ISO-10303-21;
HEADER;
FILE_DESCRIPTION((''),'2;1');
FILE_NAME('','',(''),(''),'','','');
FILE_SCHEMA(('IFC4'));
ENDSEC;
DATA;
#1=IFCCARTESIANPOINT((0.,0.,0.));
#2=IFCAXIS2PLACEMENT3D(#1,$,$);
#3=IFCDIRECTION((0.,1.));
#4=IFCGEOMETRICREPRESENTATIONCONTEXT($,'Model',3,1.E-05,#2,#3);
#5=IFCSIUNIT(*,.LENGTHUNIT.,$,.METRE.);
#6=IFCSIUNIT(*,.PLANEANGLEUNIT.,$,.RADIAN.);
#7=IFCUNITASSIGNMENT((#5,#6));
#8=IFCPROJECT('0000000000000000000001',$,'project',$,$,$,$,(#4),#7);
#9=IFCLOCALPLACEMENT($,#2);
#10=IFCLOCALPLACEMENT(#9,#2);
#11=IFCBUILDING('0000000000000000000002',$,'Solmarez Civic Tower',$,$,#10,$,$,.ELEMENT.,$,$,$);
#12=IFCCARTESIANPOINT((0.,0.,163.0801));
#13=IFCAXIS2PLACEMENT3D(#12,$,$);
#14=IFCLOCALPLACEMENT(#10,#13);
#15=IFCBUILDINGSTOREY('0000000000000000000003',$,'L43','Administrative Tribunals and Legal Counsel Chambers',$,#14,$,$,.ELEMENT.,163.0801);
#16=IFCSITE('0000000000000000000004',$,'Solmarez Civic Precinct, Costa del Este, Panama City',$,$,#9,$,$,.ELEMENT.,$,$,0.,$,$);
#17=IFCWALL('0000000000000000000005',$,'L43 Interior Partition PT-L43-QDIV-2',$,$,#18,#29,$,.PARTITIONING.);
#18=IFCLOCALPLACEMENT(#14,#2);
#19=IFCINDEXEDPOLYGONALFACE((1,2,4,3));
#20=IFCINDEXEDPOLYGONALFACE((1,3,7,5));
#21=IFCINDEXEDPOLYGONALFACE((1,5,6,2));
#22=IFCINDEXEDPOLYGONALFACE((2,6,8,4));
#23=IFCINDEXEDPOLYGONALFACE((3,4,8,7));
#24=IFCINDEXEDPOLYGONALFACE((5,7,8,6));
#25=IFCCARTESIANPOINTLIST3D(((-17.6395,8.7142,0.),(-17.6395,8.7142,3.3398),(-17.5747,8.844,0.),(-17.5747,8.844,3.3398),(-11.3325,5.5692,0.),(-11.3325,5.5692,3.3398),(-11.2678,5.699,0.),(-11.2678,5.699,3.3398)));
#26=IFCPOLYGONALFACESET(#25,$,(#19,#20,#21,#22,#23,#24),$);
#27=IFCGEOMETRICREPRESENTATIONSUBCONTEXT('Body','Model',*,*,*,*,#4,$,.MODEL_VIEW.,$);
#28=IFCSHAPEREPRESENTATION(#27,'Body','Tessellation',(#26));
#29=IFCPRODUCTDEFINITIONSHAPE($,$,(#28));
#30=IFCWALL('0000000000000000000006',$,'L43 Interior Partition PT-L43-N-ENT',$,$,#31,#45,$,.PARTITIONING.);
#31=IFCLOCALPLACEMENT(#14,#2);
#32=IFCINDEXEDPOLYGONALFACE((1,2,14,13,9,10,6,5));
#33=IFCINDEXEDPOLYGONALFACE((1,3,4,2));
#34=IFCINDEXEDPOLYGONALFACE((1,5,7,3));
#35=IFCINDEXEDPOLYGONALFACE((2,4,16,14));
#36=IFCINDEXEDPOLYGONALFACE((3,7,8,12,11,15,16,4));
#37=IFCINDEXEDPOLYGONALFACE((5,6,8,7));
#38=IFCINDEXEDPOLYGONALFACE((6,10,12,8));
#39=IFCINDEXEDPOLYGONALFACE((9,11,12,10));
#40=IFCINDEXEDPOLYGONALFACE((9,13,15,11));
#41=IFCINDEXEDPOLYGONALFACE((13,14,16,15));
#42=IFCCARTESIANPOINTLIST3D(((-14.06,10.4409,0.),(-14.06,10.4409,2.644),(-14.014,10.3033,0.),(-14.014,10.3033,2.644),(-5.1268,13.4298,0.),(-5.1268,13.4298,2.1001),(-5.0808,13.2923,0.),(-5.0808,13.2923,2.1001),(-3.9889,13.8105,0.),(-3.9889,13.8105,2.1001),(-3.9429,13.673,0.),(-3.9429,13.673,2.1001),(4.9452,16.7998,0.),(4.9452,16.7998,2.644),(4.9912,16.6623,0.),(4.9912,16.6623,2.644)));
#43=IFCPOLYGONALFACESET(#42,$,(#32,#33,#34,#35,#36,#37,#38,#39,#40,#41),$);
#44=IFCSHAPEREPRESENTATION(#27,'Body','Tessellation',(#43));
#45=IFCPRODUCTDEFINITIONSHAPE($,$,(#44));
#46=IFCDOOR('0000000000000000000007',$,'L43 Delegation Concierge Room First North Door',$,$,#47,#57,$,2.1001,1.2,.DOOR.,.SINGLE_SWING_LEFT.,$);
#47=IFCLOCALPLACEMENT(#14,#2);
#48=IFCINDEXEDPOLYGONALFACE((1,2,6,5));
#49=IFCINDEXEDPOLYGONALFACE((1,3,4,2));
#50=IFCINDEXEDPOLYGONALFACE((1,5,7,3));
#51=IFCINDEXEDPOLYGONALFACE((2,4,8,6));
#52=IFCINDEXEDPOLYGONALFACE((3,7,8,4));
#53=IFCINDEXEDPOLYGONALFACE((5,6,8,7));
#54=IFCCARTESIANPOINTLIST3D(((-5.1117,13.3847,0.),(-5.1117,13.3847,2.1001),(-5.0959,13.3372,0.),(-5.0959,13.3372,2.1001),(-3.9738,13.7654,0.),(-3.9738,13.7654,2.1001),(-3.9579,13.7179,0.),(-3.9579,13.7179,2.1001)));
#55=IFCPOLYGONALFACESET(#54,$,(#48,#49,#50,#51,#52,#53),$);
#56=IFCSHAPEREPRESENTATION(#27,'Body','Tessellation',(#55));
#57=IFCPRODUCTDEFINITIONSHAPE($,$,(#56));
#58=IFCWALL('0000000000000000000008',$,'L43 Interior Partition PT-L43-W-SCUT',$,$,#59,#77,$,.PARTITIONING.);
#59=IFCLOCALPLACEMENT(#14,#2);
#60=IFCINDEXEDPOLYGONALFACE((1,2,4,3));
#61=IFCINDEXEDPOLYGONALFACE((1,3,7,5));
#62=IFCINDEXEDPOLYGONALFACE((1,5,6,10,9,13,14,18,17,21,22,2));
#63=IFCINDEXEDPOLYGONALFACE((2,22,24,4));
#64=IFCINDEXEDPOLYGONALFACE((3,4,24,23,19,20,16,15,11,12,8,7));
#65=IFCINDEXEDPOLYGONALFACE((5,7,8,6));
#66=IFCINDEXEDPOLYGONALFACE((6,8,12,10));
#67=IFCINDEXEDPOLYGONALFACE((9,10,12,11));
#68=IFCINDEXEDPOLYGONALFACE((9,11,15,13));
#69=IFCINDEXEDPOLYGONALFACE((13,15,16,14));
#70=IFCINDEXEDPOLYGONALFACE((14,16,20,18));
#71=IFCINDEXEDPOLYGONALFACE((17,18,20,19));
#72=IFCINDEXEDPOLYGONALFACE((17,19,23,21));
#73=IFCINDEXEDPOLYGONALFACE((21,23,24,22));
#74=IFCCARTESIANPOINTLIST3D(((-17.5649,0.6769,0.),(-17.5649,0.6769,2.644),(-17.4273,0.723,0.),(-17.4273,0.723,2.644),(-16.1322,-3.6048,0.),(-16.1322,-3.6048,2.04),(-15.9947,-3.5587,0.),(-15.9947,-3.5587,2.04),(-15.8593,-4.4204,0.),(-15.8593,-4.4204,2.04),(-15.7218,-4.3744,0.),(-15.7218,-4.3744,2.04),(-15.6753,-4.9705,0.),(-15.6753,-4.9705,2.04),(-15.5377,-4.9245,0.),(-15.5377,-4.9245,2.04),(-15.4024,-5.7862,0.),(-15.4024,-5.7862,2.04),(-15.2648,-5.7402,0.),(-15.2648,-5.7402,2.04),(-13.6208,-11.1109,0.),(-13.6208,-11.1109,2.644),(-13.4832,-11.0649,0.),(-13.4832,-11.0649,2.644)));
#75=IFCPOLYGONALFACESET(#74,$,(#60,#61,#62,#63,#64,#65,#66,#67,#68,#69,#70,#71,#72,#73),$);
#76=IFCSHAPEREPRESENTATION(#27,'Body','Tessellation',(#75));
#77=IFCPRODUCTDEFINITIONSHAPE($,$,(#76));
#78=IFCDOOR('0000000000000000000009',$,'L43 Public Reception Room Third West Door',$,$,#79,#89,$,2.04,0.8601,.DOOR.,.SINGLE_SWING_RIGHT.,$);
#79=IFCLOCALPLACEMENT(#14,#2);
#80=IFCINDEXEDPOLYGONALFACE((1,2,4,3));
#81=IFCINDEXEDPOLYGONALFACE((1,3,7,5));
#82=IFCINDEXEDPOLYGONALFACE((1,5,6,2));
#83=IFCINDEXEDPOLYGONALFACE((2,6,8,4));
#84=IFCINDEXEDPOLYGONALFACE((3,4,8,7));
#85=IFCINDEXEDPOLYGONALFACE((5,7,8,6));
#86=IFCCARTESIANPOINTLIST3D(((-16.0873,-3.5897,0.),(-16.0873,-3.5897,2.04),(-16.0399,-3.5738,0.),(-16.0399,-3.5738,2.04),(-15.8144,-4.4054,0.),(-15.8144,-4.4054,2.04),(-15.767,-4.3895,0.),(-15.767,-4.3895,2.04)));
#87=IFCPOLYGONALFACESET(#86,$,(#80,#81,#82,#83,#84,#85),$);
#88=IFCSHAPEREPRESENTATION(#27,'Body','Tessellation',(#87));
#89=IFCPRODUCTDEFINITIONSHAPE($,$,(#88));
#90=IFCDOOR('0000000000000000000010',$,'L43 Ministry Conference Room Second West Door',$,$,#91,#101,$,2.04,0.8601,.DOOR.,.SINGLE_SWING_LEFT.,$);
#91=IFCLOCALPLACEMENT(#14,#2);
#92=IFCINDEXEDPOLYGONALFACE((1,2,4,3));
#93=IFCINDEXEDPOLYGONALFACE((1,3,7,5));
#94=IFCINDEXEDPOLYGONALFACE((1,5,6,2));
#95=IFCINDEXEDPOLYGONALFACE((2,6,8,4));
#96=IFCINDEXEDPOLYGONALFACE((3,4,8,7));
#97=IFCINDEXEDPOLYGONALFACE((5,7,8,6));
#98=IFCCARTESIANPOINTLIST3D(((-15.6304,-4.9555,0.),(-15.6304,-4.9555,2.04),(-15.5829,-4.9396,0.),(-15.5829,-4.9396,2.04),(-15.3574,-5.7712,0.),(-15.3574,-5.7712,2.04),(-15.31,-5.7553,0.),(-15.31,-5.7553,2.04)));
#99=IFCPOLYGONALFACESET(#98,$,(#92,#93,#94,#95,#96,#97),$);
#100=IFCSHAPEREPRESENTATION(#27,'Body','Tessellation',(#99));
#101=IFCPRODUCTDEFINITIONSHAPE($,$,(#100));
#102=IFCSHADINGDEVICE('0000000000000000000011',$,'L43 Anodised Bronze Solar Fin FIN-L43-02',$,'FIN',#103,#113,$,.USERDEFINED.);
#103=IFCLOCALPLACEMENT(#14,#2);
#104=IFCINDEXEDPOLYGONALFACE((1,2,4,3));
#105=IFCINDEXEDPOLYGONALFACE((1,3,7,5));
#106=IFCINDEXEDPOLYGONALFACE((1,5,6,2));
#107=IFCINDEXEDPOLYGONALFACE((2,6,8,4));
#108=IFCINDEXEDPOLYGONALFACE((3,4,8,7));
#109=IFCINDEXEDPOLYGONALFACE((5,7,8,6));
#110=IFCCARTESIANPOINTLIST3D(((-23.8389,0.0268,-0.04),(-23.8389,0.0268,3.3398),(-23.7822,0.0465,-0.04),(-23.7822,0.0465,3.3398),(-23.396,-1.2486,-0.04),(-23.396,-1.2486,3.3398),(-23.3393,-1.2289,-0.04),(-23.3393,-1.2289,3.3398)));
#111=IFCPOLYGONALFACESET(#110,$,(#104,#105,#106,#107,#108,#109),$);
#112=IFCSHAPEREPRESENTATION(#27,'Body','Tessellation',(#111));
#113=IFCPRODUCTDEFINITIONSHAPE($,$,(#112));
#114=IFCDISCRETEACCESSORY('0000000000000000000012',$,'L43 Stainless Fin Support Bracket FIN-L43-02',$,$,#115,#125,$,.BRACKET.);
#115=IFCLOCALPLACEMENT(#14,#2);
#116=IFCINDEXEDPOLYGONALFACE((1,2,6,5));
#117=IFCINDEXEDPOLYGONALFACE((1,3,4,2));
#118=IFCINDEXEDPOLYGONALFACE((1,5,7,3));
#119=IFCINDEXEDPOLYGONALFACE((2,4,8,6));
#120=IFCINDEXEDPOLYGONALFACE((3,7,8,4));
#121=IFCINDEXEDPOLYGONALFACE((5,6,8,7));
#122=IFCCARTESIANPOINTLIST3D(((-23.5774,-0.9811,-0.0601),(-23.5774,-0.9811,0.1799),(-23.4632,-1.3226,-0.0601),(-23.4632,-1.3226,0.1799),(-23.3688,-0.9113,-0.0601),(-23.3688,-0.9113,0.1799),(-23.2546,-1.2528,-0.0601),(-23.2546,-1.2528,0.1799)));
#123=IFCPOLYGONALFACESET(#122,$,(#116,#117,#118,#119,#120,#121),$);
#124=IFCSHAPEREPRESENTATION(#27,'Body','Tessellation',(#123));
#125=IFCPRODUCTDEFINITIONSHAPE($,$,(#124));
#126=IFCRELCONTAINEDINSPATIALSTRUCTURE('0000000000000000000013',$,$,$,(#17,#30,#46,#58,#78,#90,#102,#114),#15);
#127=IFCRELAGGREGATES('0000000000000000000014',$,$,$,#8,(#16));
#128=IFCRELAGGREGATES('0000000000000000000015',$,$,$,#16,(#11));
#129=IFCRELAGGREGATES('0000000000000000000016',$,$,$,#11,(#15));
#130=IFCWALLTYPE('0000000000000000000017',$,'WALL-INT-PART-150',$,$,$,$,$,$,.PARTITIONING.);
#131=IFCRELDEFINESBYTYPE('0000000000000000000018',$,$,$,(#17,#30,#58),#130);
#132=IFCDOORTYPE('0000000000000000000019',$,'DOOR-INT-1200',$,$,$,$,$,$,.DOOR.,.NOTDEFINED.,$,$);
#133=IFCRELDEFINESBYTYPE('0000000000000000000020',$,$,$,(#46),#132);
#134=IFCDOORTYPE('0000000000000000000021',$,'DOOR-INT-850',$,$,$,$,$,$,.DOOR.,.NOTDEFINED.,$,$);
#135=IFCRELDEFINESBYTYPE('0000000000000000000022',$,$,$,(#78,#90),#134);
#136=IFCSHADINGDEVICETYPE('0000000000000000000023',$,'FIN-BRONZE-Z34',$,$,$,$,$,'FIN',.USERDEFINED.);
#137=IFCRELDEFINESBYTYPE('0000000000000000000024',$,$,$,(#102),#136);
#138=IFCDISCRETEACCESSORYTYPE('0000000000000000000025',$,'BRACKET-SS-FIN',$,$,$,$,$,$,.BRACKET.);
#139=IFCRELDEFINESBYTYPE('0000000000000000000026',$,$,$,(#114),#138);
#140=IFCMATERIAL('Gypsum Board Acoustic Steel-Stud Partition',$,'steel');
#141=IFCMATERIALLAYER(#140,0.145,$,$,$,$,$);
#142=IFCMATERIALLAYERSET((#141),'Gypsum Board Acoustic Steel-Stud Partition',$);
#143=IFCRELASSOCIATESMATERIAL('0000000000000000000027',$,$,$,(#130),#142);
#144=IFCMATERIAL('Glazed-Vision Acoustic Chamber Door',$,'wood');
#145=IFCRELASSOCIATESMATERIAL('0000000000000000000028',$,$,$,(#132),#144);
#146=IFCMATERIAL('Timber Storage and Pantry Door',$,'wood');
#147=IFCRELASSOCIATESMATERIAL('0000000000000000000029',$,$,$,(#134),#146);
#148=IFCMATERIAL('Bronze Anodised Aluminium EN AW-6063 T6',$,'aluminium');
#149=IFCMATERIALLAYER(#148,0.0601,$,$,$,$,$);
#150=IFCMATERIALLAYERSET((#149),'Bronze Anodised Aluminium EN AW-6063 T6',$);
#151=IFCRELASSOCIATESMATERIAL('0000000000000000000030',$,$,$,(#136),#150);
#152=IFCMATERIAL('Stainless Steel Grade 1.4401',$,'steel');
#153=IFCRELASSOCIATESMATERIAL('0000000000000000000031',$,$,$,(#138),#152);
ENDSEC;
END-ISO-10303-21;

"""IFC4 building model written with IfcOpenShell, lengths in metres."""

from ifc_helpers import new_model, si_unit, direction, frame, frame_2d, origin, origin_2d, place, context, subcontext, project, spatial, rectangle, extrude, material, layer, layer_set, type_object, element, fill, save


model = new_model("IFC4")

# Units and contexts
model_context = context("Model", 3, precision=1e-05, world=origin(), true_north=direction((0.0, 1.0)))
body_context = subcontext(model_context, "Body", "Model", "MODEL_VIEW")
ifc_project = project(units=[si_unit("LENGTHUNIT", "METRE"), si_unit("PLANEANGLEUNIT", "RADIAN")], contexts=[model_context])

# Site, building, storey
site_placement = place(None, origin())
site = spatial("IfcSite", under=ifc_project, at=site_placement, Name="Solmarez Civic Precinct, Costa del Este, Panama City", CompositionType="ELEMENT", RefElevation=0.0)
building_placement = place(site_placement, origin())
building = spatial("IfcBuilding", under=site, at=building_placement, Name="Solmarez Civic Tower", CompositionType="ELEMENT")
storey_placement = place(building_placement, frame((0.0, 0.0, 163.0801)))
storey = spatial("IfcBuildingStorey", under=building, at=storey_placement, Name="L43", Description="Administrative Tribunals and Legal Counsel Chambers", CompositionType="ELEMENT", Elevation=163.0801)

# Wall
ifc_material_1 = material(Name="Gypsum Board Acoustic Steel-Stud Partition", Category="steel")
ifc_layer_1 = layer(ifc_material_1, 0.145)
ifc_layer_set_1 = layer_set([ifc_layer_1], Name="Gypsum Board Acoustic Steel-Stud Partition")
wall_type_1 = type_object("IfcWallType", Name="WALL-INT-PART-150", PredefinedType="PARTITIONING", material=ifc_layer_set_1)
wall_1_placement = place(storey_placement, frame((-11.3, 5.634, 0.0), z_axis=(0.0, 0.0, 1.0), x_axis=(-0.894905, 0.446257, 0.0)))
element("IfcWall", 1, at=wall_1_placement, inside=storey, type_object=wall_type_1, Name="L43 Interior Partition PT-L43-QDIV-2", PredefinedType="PARTITIONING", context=body_context, shape_type="SweptSolid", body=[
    extrude(rectangle(XDim=7.0476, YDim=0.145, at=frame_2d((3.5239, 0.0))), origin(), (0.0, 0.0, 1.0), 3.3398),
])

# Wall, opening, door
wall_2_placement = place(storey_placement, frame((-14.0371, 10.3721, 0.0), z_axis=(0.0, 0.0, 1.0), x_axis=(0.948326, 0.317298, 0.0)))
wall_2 = element("IfcWall", 2, at=wall_2_placement, inside=storey, type_object=wall_type_1, Name="L43 Interior Partition PT-L43-N-ENT", PredefinedType="PARTITIONING", context=body_context, shape_type="SweptSolid", body=[
    extrude(rectangle(XDim=20.0408, YDim=0.145, at=frame_2d((10.0205, 0.0))), origin(), (0.0, 0.0, 1.0), 2.644),
])
opening_1_placement = place(wall_2_placement, frame((9.4199, 0.0, 0.0)))
opening_1 = element("IfcOpeningElement", 3, at=opening_1_placement, cuts=wall_2, PredefinedType="OPENING", context=body_context, shape_type="SweptSolid", body=[
    extrude(rectangle(XDim=1.2, YDim=2.1001, at=frame_2d((0.6001, 1.05))), frame((0.0, 0.0825, 0.0), z_axis=(0.0, -1.0, 0.0), x_axis=(1.0, 0.0, 0.0)), (0.0, 0.0, 1.0), 0.165),
])
ifc_material_2 = material(Name="Glazed-Vision Acoustic Chamber Door", Category="wood")
door_type_1 = type_object("IfcDoorType", Name="DOOR-INT-1200", OperationType="NOTDEFINED", PredefinedType="DOOR", material=ifc_material_2)
door_1_placement = place(opening_1_placement, origin())
door_1 = element("IfcDoor", 4, at=door_1_placement, inside=storey, type_object=door_type_1, Name="L43 Delegation Concierge Room First North Door", OperationType="SINGLE_SWING_LEFT", OverallHeight=2.1001, OverallWidth=1.2, PredefinedType="DOOR", context=body_context, shape_type="SweptSolid", body=[
    extrude(rectangle(XDim=1.2, YDim=2.1001, at=frame_2d((0.6001, 1.05))), frame((0.0, 0.0249, 0.0), z_axis=(0.0, -1.0, 0.0), x_axis=(1.0, 0.0, 0.0)), (0.0, 0.0, 1.0), 0.05),
])
fill(opening_1, door_1)

# Wall, openings, doors
wall_3_placement = place(storey_placement, frame((-17.4961, 0.7, 0.0), z_axis=(0.0, 0.0, 1.0), x_axis=(0.3173, -0.948325, 0.0)))
wall_3 = element("IfcWall", 5, at=wall_3_placement, inside=storey, type_object=wall_type_1, Name="L43 Interior Partition PT-L43-W-SCUT", PredefinedType="PARTITIONING", context=body_context, shape_type="SweptSolid", body=[
    extrude(rectangle(XDim=12.4302, YDim=0.145, at=frame_2d((6.2151, 0.0))), origin(), (0.0, 0.0, 1.0), 2.644),
])
opening_2_placement = place(wall_3_placement, frame((4.5149, 0.0, 0.0)))
opening_2 = element("IfcOpeningElement", 6, at=opening_2_placement, cuts=wall_3, PredefinedType="OPENING", context=body_context, shape_type="SweptSolid", body=[
    extrude(rectangle(XDim=0.8601, YDim=2.04, at=frame_2d((0.4302, 1.02))), frame((0.0, 0.0825, 0.0), z_axis=(0.0, -1.0, 0.0), x_axis=(1.0, 0.0, 0.0)), (0.0, 0.0, 1.0), 0.165),
])
opening_3_placement = place(wall_3_placement, frame((5.9551, 0.0, 0.0)))
opening_3 = element("IfcOpeningElement", 7, at=opening_3_placement, cuts=wall_3, PredefinedType="OPENING", context=body_context, shape_type="SweptSolid", body=[
    extrude(rectangle(XDim=0.8601, YDim=2.04, at=frame_2d((0.4302, 1.02))), frame((0.0, 0.0825, 0.0), z_axis=(0.0, -1.0, 0.0), x_axis=(1.0, 0.0, 0.0)), (0.0, 0.0, 1.0), 0.165),
])
ifc_material_3 = material(Name="Timber Storage and Pantry Door", Category="wood")
door_type_2 = type_object("IfcDoorType", Name="DOOR-INT-850", OperationType="NOTDEFINED", PredefinedType="DOOR", material=ifc_material_3)
door_2_placement = place(opening_2_placement, origin())
door_2 = element("IfcDoor", 8, at=door_2_placement, inside=storey, type_object=door_type_2, Name="L43 Public Reception Room Third West Door", OperationType="SINGLE_SWING_RIGHT", OverallHeight=2.04, OverallWidth=0.8601, PredefinedType="DOOR", context=body_context, shape_type="SweptSolid", body=[
    extrude(rectangle(XDim=0.8601, YDim=2.04, at=frame_2d((0.4302, 1.02))), frame((0.0, 0.0249, 0.0), z_axis=(0.0, -1.0, 0.0), x_axis=(1.0, 0.0, 0.0)), (0.0, 0.0, 1.0), 0.05),
])
fill(opening_2, door_2)
door_3_placement = place(opening_3_placement, origin())
door_3 = element("IfcDoor", 9, at=door_3_placement, inside=storey, type_object=door_type_2, Name="L43 Ministry Conference Room Second West Door", OperationType="SINGLE_SWING_LEFT", OverallHeight=2.04, OverallWidth=0.8601, PredefinedType="DOOR", context=body_context, shape_type="SweptSolid", body=[
    extrude(rectangle(XDim=0.8601, YDim=2.04, at=frame_2d((0.4302, 1.02))), frame((0.0, 0.0249, 0.0), z_axis=(0.0, -1.0, 0.0), x_axis=(1.0, 0.0, 0.0)), (0.0, 0.0, 1.0), 0.05),
])
fill(opening_3, door_3)

# Shading device
ifc_material_4 = material(Name="Bronze Anodised Aluminium EN AW-6063 T6", Category="aluminium")
ifc_layer_2 = layer(ifc_material_4, 0.0601)
ifc_layer_set_2 = layer_set([ifc_layer_2], Name="Bronze Anodised Aluminium EN AW-6063 T6")
shading_device_type = type_object("IfcShadingDeviceType", Name="FIN-BRONZE-Z34", ElementType="FIN", PredefinedType="USERDEFINED", material=ifc_layer_set_2)
shading_device_placement = place(storey_placement, frame((-23.5891, -0.6011, -0.04), z_axis=(0.0, 0.0, 1.0), x_axis=(-0.328026, 0.944669, 0.0)))
element("IfcShadingDevice", 10, at=shading_device_placement, inside=storey, type_object=shading_device_type, Name="L43 Anodised Bronze Solar Fin FIN-L43-02", ObjectType="FIN", PredefinedType="USERDEFINED", context=body_context, shape_type="SweptSolid", body=[
    extrude(rectangle(XDim=1.3501, YDim=0.0601, at=origin_2d()), origin(), (0.0, 0.0, 1.0), 3.3799),
])

# Discrete accessory
ifc_material_5 = material(Name="Stainless Steel Grade 1.4401", Category="steel")
discrete_accessory_type = type_object("IfcDiscreteAccessoryType", Name="BRACKET-SS-FIN", PredefinedType="BRACKET", material=ifc_material_5)
discrete_accessory_placement = place(storey_placement, frame((-23.416, -1.1169, -0.0601), z_axis=(0.0, 0.0, 1.0), x_axis=(-0.317267, 0.948336, 0.0)))
element("IfcDiscreteAccessory", 11, at=discrete_accessory_placement, inside=storey, type_object=discrete_accessory_type, Name="L43 Stainless Fin Support Bracket FIN-L43-02", PredefinedType="BRACKET", context=body_context, shape_type="SweptSolid", body=[
    extrude(rectangle(XDim=0.3601, YDim=0.22, at=origin_2d()), origin(), (0.0, 0.0, 1.0), 0.24),
])

save(model, "model.ifc")
